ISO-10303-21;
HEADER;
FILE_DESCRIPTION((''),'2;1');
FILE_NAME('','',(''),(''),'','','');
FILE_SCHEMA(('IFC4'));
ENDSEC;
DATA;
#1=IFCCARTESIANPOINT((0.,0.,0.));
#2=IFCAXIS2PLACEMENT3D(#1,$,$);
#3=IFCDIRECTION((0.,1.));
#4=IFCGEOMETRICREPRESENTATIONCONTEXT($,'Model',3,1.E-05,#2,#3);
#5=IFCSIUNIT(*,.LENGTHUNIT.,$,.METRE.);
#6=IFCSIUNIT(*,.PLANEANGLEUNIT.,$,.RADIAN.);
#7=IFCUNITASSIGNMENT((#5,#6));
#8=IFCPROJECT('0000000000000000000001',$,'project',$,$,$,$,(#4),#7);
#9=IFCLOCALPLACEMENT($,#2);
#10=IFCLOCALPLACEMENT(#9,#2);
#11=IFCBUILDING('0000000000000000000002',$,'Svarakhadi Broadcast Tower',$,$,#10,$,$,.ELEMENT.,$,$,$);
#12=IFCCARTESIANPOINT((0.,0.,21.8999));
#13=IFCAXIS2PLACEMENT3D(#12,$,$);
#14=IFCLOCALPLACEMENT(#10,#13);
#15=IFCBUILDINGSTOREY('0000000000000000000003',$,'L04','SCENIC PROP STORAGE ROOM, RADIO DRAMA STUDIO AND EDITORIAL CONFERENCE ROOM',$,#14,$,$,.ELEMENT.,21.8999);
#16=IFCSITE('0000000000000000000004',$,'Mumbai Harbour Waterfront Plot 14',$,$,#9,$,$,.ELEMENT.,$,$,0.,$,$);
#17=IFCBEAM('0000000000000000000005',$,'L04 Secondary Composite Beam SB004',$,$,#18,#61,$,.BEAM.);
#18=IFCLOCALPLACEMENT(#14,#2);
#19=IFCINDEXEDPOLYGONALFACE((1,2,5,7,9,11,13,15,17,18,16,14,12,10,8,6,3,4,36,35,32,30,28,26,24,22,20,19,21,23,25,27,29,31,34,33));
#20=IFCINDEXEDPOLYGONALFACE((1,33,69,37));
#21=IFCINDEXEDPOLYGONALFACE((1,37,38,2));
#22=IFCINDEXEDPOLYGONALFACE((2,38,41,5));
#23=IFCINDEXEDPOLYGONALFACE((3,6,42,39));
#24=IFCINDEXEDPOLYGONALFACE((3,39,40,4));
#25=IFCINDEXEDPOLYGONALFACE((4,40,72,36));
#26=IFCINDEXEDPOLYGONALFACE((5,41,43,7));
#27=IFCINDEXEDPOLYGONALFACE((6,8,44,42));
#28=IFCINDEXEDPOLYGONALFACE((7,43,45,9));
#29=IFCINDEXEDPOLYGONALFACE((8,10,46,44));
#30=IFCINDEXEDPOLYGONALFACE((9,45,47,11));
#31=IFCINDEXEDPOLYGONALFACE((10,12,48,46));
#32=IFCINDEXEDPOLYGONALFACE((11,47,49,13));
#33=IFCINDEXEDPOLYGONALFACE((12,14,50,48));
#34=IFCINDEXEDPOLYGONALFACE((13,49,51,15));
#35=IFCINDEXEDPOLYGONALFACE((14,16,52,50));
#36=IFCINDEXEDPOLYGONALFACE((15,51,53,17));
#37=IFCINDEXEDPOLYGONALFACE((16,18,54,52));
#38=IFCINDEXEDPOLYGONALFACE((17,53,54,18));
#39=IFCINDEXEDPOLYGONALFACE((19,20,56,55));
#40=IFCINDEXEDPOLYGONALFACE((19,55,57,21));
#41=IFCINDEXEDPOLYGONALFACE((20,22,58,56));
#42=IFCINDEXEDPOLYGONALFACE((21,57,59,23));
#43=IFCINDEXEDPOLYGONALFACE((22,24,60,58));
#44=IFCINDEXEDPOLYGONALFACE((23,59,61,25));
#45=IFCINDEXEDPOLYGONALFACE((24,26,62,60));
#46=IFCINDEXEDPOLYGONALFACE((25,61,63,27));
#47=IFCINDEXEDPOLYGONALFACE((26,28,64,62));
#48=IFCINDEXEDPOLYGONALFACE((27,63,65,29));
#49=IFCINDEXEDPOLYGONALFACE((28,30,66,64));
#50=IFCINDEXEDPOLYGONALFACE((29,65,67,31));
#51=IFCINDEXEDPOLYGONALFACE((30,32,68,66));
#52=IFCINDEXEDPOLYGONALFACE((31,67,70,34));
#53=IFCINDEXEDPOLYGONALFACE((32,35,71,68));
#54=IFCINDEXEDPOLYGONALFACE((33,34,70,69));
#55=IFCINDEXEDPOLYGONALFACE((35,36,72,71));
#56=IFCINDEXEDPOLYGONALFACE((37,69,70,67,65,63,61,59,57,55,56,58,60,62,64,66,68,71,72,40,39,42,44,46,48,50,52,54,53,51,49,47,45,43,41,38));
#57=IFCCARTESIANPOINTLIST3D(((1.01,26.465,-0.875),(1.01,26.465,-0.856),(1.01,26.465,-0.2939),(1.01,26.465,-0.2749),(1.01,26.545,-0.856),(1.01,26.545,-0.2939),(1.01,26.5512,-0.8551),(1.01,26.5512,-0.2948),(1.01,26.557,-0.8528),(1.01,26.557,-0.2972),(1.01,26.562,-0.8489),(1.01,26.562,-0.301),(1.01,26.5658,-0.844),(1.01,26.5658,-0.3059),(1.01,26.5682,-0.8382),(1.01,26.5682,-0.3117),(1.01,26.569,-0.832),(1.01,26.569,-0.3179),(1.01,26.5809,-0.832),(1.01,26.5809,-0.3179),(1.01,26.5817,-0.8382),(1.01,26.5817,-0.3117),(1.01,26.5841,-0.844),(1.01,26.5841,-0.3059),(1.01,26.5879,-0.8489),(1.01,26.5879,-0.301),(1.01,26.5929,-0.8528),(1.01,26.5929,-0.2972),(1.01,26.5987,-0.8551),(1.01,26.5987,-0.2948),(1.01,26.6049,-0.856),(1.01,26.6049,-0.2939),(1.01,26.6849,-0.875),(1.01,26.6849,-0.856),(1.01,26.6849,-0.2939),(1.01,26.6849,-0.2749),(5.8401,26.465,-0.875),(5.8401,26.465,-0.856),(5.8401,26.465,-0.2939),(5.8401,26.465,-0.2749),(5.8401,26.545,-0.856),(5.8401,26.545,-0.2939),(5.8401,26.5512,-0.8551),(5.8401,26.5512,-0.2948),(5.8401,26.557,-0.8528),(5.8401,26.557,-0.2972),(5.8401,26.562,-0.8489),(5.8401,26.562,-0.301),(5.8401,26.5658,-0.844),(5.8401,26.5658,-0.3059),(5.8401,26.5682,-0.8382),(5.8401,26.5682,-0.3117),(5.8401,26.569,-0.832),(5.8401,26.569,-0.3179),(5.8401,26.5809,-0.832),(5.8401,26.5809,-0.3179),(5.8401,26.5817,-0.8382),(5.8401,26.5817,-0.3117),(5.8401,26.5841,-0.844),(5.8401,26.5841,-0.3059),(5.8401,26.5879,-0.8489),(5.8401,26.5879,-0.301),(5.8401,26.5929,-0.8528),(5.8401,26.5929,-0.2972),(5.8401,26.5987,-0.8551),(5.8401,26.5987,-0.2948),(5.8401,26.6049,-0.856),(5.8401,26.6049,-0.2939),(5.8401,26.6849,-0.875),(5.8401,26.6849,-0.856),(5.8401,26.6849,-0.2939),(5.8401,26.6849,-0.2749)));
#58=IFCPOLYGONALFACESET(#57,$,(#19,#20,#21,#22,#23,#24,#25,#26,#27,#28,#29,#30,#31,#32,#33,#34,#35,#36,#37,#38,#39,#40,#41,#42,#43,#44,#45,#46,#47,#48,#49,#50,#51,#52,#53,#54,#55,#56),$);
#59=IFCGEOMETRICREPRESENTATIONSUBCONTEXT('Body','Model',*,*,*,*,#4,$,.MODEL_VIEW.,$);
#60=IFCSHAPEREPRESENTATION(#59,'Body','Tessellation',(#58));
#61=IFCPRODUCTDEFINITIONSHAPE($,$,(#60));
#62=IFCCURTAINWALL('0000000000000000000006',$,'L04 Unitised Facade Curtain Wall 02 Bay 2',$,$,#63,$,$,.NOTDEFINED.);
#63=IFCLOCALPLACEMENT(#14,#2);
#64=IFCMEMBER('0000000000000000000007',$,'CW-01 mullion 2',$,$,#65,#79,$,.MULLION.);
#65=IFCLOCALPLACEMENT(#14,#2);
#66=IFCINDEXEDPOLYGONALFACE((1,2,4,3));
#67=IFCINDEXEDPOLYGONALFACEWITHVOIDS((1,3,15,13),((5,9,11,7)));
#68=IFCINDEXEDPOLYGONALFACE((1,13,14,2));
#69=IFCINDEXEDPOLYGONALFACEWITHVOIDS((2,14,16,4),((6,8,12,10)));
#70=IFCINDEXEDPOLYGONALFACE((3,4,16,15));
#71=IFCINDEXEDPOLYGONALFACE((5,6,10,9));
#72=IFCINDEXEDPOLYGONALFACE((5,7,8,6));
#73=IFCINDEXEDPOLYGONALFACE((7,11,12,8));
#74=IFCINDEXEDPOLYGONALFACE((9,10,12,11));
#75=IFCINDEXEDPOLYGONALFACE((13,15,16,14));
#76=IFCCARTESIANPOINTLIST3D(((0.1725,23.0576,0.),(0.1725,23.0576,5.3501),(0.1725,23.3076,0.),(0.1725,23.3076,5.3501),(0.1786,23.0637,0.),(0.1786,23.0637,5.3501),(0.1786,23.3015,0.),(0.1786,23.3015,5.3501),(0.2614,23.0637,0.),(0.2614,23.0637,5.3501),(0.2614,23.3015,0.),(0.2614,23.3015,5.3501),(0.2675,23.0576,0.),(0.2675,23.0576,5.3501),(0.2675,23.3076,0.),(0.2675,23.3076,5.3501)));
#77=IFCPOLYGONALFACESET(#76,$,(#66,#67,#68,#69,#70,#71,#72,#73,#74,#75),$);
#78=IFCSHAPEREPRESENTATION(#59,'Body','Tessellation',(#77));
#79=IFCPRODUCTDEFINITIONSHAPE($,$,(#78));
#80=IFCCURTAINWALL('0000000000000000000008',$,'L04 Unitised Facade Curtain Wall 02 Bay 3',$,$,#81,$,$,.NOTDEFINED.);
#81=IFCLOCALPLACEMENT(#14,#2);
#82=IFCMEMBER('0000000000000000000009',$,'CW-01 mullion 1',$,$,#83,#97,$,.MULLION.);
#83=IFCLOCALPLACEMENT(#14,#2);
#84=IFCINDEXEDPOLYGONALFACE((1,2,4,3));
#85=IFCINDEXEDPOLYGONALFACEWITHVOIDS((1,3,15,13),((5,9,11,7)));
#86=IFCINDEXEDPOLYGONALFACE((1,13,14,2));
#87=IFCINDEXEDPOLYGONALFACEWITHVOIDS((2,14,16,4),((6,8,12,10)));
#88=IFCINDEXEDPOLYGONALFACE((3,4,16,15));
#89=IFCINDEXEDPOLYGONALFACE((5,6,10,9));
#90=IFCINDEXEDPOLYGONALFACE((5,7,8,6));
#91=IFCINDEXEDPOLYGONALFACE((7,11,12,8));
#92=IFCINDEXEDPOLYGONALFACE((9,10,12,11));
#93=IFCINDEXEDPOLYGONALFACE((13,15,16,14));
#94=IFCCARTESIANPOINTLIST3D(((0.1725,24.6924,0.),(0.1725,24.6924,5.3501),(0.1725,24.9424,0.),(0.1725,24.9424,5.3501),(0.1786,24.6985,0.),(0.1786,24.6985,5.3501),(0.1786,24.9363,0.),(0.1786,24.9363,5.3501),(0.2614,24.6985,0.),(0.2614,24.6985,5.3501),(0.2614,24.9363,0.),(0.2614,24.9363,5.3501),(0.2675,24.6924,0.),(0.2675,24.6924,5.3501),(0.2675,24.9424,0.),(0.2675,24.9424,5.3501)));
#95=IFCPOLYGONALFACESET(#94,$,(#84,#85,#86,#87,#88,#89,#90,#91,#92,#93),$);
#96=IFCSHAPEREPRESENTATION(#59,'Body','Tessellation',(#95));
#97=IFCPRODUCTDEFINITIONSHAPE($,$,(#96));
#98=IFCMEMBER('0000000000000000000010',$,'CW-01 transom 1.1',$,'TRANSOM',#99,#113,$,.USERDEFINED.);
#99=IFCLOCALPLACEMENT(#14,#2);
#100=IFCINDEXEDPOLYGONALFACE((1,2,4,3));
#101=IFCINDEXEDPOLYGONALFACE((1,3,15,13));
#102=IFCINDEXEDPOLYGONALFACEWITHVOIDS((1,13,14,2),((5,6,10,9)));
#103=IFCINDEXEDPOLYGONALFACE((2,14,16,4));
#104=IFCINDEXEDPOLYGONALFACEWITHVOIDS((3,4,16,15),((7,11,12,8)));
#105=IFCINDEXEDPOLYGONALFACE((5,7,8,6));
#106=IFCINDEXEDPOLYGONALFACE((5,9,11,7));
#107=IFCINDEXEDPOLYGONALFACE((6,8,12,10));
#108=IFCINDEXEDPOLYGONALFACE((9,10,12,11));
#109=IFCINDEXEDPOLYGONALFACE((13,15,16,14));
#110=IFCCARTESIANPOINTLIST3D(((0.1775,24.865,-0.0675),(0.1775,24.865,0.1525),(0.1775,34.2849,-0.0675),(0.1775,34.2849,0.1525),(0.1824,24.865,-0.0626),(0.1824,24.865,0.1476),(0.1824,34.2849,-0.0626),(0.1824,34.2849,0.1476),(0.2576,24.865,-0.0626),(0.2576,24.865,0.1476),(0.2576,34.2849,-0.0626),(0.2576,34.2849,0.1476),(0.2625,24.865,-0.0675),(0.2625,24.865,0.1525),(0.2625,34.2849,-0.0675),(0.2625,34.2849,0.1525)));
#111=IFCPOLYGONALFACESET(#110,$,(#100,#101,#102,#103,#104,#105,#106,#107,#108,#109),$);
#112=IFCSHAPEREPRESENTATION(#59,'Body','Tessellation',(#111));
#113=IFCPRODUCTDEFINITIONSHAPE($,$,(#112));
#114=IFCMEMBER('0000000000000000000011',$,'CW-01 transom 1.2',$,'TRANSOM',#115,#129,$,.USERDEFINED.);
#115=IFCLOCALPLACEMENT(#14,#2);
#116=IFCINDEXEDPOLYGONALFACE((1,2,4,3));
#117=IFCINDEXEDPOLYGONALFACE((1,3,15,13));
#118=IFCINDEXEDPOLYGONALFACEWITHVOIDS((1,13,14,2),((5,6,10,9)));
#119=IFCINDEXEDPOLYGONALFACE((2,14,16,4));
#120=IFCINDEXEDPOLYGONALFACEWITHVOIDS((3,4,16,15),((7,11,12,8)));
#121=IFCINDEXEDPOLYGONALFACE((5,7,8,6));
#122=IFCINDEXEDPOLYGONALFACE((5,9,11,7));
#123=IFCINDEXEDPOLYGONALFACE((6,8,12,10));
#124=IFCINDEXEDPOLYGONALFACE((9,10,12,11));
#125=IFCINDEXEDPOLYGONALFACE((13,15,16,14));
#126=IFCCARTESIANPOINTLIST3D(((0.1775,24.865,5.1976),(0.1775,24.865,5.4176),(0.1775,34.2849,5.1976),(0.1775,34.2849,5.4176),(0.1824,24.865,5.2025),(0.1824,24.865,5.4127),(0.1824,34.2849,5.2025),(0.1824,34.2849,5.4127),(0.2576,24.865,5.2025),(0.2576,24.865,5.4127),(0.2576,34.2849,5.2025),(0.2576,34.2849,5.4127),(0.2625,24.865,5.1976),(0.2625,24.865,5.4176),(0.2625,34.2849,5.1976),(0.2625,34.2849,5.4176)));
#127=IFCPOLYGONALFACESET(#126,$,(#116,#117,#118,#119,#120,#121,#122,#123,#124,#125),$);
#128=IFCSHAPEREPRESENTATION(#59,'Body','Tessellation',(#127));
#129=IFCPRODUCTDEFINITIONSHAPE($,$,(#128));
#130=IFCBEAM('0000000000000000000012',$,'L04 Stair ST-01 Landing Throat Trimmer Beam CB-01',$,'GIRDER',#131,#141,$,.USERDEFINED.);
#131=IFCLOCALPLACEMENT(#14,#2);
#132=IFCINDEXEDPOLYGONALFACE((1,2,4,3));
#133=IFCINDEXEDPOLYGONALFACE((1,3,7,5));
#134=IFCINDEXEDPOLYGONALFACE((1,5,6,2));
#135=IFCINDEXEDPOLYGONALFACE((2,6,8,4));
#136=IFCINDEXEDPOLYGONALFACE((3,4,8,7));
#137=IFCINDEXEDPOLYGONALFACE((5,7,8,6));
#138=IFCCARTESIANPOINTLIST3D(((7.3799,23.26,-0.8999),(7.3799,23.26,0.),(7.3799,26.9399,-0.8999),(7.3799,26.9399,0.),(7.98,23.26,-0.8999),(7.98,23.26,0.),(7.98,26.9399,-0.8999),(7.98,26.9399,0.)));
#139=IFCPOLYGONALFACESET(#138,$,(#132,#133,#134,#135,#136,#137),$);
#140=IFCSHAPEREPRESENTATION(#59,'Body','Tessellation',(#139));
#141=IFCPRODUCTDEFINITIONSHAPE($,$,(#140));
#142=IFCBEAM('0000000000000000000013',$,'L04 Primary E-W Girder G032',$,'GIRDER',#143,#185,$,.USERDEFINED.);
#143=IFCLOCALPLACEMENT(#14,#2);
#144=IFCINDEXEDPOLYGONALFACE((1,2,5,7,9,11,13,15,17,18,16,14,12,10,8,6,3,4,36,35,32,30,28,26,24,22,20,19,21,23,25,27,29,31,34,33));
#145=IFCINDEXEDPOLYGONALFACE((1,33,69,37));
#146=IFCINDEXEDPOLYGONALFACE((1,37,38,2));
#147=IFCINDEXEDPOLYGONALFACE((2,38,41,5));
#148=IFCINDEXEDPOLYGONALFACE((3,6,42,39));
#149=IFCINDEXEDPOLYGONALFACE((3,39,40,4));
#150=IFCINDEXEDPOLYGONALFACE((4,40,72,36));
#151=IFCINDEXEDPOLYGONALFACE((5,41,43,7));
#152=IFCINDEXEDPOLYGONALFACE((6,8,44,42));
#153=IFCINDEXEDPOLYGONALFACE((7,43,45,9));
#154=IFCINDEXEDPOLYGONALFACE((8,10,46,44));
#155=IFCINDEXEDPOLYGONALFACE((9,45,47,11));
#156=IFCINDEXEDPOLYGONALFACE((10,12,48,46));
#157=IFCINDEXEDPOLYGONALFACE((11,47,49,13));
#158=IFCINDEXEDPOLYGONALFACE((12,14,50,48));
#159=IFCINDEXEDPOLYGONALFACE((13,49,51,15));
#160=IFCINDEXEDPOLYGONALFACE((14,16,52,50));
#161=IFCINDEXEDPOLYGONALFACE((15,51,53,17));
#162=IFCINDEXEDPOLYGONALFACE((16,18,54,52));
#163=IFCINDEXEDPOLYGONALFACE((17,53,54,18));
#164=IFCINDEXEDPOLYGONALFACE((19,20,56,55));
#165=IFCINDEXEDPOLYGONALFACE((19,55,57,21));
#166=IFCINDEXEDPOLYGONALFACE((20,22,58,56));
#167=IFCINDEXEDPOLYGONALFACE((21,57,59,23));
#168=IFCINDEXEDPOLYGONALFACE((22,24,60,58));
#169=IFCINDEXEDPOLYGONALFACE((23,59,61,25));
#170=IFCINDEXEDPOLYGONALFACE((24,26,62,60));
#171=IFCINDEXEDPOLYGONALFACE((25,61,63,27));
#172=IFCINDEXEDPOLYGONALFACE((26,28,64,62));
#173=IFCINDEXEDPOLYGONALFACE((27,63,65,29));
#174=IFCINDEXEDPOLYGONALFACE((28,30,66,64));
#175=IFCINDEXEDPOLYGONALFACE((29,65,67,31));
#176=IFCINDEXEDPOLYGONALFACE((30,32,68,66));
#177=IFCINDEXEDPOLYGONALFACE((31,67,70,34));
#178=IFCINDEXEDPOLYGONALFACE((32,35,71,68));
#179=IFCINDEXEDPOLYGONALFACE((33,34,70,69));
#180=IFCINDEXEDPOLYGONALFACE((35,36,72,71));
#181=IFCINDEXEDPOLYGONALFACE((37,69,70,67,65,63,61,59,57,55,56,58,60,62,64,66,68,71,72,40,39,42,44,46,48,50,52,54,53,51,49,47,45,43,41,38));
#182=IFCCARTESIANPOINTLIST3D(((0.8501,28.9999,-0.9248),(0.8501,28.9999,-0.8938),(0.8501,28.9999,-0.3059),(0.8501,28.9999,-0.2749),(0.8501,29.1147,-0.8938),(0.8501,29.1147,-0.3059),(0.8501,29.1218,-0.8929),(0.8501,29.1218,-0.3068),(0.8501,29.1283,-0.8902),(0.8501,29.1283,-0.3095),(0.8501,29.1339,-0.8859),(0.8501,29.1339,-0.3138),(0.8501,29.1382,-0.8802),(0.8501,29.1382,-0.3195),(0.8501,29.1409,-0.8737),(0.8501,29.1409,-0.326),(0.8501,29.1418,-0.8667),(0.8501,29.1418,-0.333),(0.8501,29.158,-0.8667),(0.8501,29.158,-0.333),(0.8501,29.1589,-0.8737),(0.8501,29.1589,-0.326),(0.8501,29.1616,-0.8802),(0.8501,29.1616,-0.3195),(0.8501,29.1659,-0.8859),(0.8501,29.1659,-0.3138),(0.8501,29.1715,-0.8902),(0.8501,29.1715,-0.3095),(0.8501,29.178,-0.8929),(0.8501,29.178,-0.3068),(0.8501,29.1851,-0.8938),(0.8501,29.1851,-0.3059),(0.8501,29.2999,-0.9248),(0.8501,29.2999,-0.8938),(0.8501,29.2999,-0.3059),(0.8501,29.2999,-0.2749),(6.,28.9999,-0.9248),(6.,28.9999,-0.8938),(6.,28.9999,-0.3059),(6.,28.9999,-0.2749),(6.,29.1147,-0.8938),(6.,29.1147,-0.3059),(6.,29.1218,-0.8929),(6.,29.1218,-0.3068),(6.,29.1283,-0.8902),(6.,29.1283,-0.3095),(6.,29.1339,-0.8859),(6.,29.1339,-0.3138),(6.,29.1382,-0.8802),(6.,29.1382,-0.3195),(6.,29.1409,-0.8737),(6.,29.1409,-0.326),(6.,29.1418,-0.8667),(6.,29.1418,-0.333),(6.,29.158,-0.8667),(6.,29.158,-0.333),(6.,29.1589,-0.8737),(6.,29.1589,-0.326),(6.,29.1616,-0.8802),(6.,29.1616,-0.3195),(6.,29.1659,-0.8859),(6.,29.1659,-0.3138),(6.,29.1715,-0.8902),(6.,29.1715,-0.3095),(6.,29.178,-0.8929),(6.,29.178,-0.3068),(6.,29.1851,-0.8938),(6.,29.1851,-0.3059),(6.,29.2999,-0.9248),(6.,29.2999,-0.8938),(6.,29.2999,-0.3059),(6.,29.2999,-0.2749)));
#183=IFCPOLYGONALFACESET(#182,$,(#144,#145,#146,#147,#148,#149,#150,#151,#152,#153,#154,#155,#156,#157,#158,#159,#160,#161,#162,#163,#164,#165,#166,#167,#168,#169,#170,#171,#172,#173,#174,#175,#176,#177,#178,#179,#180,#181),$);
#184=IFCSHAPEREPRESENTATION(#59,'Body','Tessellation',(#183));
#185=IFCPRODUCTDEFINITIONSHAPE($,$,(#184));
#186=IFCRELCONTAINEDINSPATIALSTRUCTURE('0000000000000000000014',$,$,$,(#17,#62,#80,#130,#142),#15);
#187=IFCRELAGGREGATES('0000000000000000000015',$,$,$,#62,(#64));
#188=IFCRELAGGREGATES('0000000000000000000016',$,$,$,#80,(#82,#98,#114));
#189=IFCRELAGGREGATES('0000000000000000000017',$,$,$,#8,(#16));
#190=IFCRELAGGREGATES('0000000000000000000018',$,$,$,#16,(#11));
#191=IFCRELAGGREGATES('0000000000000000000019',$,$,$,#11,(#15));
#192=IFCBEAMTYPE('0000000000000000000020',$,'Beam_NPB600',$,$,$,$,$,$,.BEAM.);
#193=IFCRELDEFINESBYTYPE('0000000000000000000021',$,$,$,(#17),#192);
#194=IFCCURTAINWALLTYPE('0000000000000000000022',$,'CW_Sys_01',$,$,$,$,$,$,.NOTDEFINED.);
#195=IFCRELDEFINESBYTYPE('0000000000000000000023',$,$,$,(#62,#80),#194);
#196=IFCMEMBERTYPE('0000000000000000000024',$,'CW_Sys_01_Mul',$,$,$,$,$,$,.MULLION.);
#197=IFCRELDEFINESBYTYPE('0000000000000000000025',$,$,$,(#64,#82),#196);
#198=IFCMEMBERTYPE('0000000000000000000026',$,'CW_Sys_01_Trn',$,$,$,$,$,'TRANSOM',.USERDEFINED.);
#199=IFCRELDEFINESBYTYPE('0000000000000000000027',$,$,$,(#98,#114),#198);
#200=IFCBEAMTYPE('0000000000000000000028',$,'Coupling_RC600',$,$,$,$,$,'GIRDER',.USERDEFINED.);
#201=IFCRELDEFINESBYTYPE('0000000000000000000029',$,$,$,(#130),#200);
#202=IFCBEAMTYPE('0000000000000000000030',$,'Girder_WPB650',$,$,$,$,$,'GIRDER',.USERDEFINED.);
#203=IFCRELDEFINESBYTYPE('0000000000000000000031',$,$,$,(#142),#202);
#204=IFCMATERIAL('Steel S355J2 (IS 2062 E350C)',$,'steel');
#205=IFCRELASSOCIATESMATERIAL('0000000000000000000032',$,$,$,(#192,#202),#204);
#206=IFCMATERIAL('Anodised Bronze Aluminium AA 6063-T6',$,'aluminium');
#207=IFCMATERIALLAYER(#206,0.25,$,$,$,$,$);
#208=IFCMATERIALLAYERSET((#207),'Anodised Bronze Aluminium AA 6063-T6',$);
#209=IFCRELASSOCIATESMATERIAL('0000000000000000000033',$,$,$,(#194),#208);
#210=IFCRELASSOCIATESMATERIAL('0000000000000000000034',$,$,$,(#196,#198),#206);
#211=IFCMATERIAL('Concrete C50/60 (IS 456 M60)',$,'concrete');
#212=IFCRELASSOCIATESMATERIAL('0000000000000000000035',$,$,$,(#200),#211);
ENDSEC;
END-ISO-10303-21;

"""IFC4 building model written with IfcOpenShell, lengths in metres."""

from ifc_helpers import new_model, si_unit, direction, frame, origin, origin_2d, place, context, subcontext, project, spatial, rectangle, hollow_rectangle, i_section, extrude, material, layer, layer_set, material_profile, profile_set, type_object, element, aggregate, save


model = new_model("IFC4")

# Units and contexts
model_context = context("Model", 3, precision=1e-05, world=origin(), true_north=direction((0.0, 1.0)))
body_context = subcontext(model_context, "Body", "Model", "MODEL_VIEW")
ifc_project = project(units=[si_unit("LENGTHUNIT", "METRE"), si_unit("PLANEANGLEUNIT", "RADIAN")], contexts=[model_context])

# Site, building, storey
site_placement = place(None, origin())
site = spatial("IfcSite", under=ifc_project, at=site_placement, Name="Mumbai Harbour Waterfront Plot 14", CompositionType="ELEMENT", RefElevation=0.0)
building_placement = place(site_placement, origin())
building = spatial("IfcBuilding", under=site, at=building_placement, Name="Svarakhadi Broadcast Tower", CompositionType="ELEMENT")
storey_placement = place(building_placement, frame((0.0, 0.0, 21.8999)))
storey = spatial("IfcBuildingStorey", under=building, at=storey_placement, Name="L04", Description="SCENIC PROP STORAGE ROOM, RADIO DRAMA STUDIO AND EDITORIAL CONFERENCE ROOM", CompositionType="ELEMENT", Elevation=21.8999)

# Beam
ifc_material_1 = material(Name="Steel S355J2 (IS 2062 E350C)", Category="steel")
ifc_material_profile_1 = material_profile(ifc_material_1, i_section(OverallWidth=0.22, OverallDepth=0.6001, WebThickness=0.012, FlangeThickness=0.019, FilletRadius=0.0239, at=origin_2d()), Name="NPB 600x220x122")
ifc_profile_set_1 = profile_set([ifc_material_profile_1], Name="Steel S355J2 (IS 2062 E350C)")
beam_type_1 = type_object("IfcBeamType", Name="Beam_NPB600", PredefinedType="BEAM", material=ifc_profile_set_1)
for number, where, z_axis, x_axis, name in (
    (1, (1.01, 26.575, -0.575), (1.0, 0.0, 0.0), (0.0, 1.0, 0.0), "L04 Secondary Composite Beam SB004"),
):
    element("IfcBeam", number, at=place(storey_placement, frame(where, z_axis=z_axis, x_axis=x_axis)), inside=storey, type_object=beam_type_1, Name=name, PredefinedType="BEAM", context=body_context, shape_type="SweptSolid", body=[
        extrude(i_section(OverallWidth=0.22, OverallDepth=0.6001, WebThickness=0.012, FlangeThickness=0.019, FilletRadius=0.0239, at=origin_2d()), origin(), (0.0, 0.0, 1.0), 4.8301),
    ])

# Curtain wall, member
ifc_material_2 = material(Name="Anodised Bronze Aluminium AA 6063-T6", Category="aluminium")
ifc_layer_1 = layer(ifc_material_2, 0.25)
ifc_layer_set_1 = layer_set([ifc_layer_1], Name="Anodised Bronze Aluminium AA 6063-T6")
curtain_wall_type = type_object("IfcCurtainWallType", Name="CW_Sys_01", PredefinedType="NOTDEFINED", material=ifc_layer_set_1)
curtain_wall_1_placement = place(storey_placement, origin())
curtain_wall_1 = element("IfcCurtainWall", 2, at=curtain_wall_1_placement, inside=storey, type_object=curtain_wall_type, Name="L04 Unitised Facade Curtain Wall 02 Bay 2", PredefinedType="NOTDEFINED")
ifc_material_profile_2 = material_profile(ifc_material_2, hollow_rectangle(XDim=0.095, YDim=0.25, WallThickness=0.0061, at=origin_2d()), Name="ALU MULLION 250x95x6")
ifc_profile_set_2 = profile_set([ifc_material_profile_2], Name="Anodised Bronze Aluminium AA 6063-T6")
member_type_1 = type_object("IfcMemberType", Name="CW_Sys_01_Mul", PredefinedType="MULLION", material=ifc_profile_set_2)
member_1_placement = place(storey_placement, frame((0.22, 23.1826, 0.0), z_axis=(0.0, 0.0, 1.0), x_axis=(-1.0, 0.0, 0.0)))
member_1 = element("IfcMember", 3, at=member_1_placement, type_object=member_type_1, Name="CW-01 mullion 2", PredefinedType="MULLION", context=body_context, shape_type="SweptSolid", body=[
    extrude(hollow_rectangle(XDim=0.095, YDim=0.25, WallThickness=0.0061, at=origin_2d()), origin(), (0.0, 0.0, 1.0), 5.3501),
])
aggregate(curtain_wall_1, [member_1])

# Curtain wall, members
curtain_wall_2_placement = place(storey_placement, origin())
curtain_wall_2 = element("IfcCurtainWall", 4, at=curtain_wall_2_placement, inside=storey, type_object=curtain_wall_type, Name="L04 Unitised Facade Curtain Wall 02 Bay 3", PredefinedType="NOTDEFINED")
member_2_placement = place(storey_placement, frame((0.22, 24.8174, 0.0), z_axis=(0.0, 0.0, 1.0), x_axis=(-1.0, 0.0, 0.0)))
member_2 = element("IfcMember", 5, at=member_2_placement, type_object=member_type_1, Name="CW-01 mullion 1", PredefinedType="MULLION", context=body_context, shape_type="SweptSolid", body=[
    extrude(hollow_rectangle(XDim=0.095, YDim=0.25, WallThickness=0.0061, at=origin_2d()), origin(), (0.0, 0.0, 1.0), 5.3501),
])
ifc_material_profile_3 = material_profile(ifc_material_2, hollow_rectangle(XDim=0.085, YDim=0.22, WallThickness=0.0049, at=origin_2d()), Name="ALU TRANSOM 220x85x5")
ifc_profile_set_3 = profile_set([ifc_material_profile_3], Name="Anodised Bronze Aluminium AA 6063-T6")
member_type_2 = type_object("IfcMemberType", Name="CW_Sys_01_Trn", ElementType="TRANSOM", PredefinedType="USERDEFINED", material=ifc_profile_set_3)
member_3_placement = place(storey_placement, frame((0.22, 24.865, 0.0425), z_axis=(0.0, 1.0, 0.0), x_axis=(-1.0, 0.0, 0.0)))
member_3 = element("IfcMember", 6, at=member_3_placement, type_object=member_type_2, Name="CW-01 transom 1.1", ObjectType="TRANSOM", PredefinedType="USERDEFINED", context=body_context, shape_type="SweptSolid", body=[
    extrude(hollow_rectangle(XDim=0.085, YDim=0.22, WallThickness=0.0049, at=origin_2d()), origin(), (0.0, 0.0, 1.0), 9.4199),
])
member_4_placement = place(storey_placement, frame((0.22, 24.865, 5.3076), z_axis=(0.0, 1.0, 0.0), x_axis=(-1.0, 0.0, 0.0)))
member_4 = element("IfcMember", 7, at=member_4_placement, type_object=member_type_2, Name="CW-01 transom 1.2", ObjectType="TRANSOM", PredefinedType="USERDEFINED", context=body_context, shape_type="SweptSolid", body=[
    extrude(hollow_rectangle(XDim=0.085, YDim=0.22, WallThickness=0.0049, at=origin_2d()), origin(), (0.0, 0.0, 1.0), 9.4199),
])
aggregate(curtain_wall_2, [member_2, member_3, member_4])

# Beams
ifc_material_3 = material(Name="Concrete C50/60 (IS 456 M60)", Category="concrete")
ifc_material_profile_4 = material_profile(ifc_material_3, rectangle(XDim=0.6001, YDim=0.8999, at=origin_2d()), Name="RC 600x900")
ifc_profile_set_4 = profile_set([ifc_material_profile_4], Name="Concrete C50/60 (IS 456 M60)")
beam_type_2 = type_object("IfcBeamType", Name="Coupling_RC600", ElementType="GIRDER", PredefinedType="USERDEFINED", material=ifc_profile_set_4)
beam_1_placement = place(storey_placement, frame((7.6799, 23.26, -0.45), z_axis=(0.0, 1.0, 0.0), x_axis=(-1.0, 0.0, 0.0)))
element("IfcBeam", 8, at=beam_1_placement, inside=storey, type_object=beam_type_2, Name="L04 Stair ST-01 Landing Throat Trimmer Beam CB-01", ObjectType="GIRDER", PredefinedType="USERDEFINED", context=body_context, shape_type="SweptSolid", body=[
    extrude(rectangle(XDim=0.6001, YDim=0.8999, at=origin_2d()), origin(), (0.0, 0.0, 1.0), 3.6799),
])
ifc_material_profile_5 = material_profile(ifc_material_1, i_section(OverallWidth=0.3, OverallDepth=0.6499, WebThickness=0.0161, FlangeThickness=0.031, FilletRadius=0.0271, at=origin_2d()), Name="WPB 650x300x225")
ifc_profile_set_5 = profile_set([ifc_material_profile_5], Name="Steel S355J2 (IS 2062 E350C)")
beam_type_3 = type_object("IfcBeamType", Name="Girder_WPB650", ElementType="GIRDER", PredefinedType="USERDEFINED", material=ifc_profile_set_5)
for number, where, z_axis, x_axis, name in (
    (9, (0.8501, 29.1499, -0.5999), (1.0, 0.0, 0.0), (0.0, 1.0, 0.0), "L04 Primary E-W Girder G032"),
):
    element("IfcBeam", number, at=place(storey_placement, frame(where, z_axis=z_axis, x_axis=x_axis)), inside=storey, type_object=beam_type_3, Name=name, ObjectType="GIRDER", PredefinedType="USERDEFINED", context=body_context, shape_type="SweptSolid", body=[
        extrude(i_section(OverallWidth=0.3, OverallDepth=0.6499, WebThickness=0.0161, FlangeThickness=0.031, FilletRadius=0.0271, at=origin_2d()), origin(), (0.0, 0.0, 1.0), 5.1499),
    ])

save(model, "model.ifc")
